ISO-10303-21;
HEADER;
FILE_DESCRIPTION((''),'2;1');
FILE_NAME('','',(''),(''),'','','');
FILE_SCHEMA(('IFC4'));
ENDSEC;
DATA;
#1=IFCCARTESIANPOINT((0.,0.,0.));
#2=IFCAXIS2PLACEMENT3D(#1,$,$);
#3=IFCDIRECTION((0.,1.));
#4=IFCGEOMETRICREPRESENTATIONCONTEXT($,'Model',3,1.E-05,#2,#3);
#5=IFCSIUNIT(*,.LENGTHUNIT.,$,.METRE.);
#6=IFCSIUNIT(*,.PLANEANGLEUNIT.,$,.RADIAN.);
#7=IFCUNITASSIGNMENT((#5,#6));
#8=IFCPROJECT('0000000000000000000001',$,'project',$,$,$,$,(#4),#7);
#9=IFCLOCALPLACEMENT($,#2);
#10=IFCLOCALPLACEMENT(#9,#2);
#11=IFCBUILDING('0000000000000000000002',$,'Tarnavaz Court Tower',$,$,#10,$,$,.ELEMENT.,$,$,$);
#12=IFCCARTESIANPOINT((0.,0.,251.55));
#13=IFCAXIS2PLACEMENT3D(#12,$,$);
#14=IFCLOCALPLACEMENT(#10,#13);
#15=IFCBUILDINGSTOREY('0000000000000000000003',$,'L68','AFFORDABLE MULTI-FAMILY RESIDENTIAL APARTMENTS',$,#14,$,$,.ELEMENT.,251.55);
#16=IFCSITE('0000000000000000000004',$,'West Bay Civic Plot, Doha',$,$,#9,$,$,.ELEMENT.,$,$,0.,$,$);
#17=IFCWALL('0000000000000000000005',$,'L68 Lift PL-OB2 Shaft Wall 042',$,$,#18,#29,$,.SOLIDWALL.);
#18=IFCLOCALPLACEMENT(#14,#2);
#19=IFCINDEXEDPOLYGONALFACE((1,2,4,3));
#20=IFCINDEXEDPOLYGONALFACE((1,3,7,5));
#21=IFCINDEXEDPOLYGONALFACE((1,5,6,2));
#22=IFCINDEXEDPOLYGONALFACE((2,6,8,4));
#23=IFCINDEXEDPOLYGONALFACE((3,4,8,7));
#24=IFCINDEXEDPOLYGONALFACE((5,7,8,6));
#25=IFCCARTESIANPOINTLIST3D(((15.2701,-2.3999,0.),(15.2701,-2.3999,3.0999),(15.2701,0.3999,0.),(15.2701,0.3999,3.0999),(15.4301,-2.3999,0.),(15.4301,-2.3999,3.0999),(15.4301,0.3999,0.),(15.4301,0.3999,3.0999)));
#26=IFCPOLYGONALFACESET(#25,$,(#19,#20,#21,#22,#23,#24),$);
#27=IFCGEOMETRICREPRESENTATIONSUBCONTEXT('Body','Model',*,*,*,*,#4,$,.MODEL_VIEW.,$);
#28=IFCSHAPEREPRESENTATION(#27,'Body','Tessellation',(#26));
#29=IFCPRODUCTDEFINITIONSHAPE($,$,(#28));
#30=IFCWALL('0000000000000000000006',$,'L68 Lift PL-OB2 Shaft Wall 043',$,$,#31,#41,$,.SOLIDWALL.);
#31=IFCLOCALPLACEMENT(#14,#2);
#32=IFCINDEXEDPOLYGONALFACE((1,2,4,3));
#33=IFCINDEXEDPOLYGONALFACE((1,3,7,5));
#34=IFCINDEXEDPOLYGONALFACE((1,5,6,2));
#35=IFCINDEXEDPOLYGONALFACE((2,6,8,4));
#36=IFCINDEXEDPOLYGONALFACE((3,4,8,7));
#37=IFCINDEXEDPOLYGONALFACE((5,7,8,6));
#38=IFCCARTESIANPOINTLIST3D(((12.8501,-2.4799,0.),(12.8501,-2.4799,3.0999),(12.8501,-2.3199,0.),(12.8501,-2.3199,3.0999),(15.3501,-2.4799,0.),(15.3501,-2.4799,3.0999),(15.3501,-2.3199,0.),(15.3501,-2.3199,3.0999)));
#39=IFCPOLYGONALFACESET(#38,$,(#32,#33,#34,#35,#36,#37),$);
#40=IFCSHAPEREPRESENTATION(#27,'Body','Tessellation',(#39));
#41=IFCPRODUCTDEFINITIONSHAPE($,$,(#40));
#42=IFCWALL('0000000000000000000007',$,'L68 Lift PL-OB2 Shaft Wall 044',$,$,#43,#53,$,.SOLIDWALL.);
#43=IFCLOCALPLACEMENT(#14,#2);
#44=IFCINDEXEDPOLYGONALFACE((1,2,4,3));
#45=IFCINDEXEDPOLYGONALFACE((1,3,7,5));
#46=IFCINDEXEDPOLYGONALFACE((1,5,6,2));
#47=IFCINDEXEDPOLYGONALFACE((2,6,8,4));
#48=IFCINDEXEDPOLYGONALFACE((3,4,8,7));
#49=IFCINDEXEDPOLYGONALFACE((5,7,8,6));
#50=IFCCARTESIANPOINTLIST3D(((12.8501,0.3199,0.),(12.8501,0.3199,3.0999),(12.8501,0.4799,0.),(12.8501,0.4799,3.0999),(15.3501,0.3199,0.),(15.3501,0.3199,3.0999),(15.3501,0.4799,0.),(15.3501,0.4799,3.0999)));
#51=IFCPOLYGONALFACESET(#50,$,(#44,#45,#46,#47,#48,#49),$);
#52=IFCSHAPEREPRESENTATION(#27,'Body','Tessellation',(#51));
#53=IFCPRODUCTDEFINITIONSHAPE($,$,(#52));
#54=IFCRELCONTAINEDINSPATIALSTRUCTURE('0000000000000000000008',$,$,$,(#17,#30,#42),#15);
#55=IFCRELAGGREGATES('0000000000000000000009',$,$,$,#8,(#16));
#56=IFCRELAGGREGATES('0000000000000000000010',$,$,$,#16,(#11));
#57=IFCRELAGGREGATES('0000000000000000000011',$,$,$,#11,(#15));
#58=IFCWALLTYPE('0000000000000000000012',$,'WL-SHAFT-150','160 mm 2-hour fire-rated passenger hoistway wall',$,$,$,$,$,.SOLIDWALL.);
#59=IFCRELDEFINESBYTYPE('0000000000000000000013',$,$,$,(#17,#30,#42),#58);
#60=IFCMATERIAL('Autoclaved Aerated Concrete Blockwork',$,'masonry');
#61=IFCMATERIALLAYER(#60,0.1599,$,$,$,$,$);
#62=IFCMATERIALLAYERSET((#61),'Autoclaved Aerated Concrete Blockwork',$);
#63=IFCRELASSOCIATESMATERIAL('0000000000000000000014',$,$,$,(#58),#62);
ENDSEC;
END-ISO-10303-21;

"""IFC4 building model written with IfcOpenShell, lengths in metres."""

from ifc_helpers import new_model, si_unit, direction, frame, frame_2d, origin, place, context, subcontext, project, spatial, rectangle, extrude, material, layer, layer_set, type_object, element, save


model = new_model("IFC4")

# Units and contexts
model_context = context("Model", 3, precision=1e-05, world=origin(), true_north=direction((0.0, 1.0)))
body_context = subcontext(model_context, "Body", "Model", "MODEL_VIEW")
ifc_project = project(units=[si_unit("LENGTHUNIT", "METRE"), si_unit("PLANEANGLEUNIT", "RADIAN")], contexts=[model_context])

# Site, building, storey
site_placement = place(None, origin())
site = spatial("IfcSite", under=ifc_project, at=site_placement, Name="West Bay Civic Plot, Doha", CompositionType="ELEMENT", RefElevation=0.0)
building_placement = place(site_placement, origin())
building = spatial("IfcBuilding", under=site, at=building_placement, Name="Tarnavaz Court Tower", CompositionType="ELEMENT")
storey_placement = place(building_placement, frame((0.0, 0.0, 251.55)))
storey = spatial("IfcBuildingStorey", under=building, at=storey_placement, Name="L68", Description="AFFORDABLE MULTI-FAMILY RESIDENTIAL APARTMENTS", CompositionType="ELEMENT", Elevation=251.55)

# Walls
ifc_material_1 = material(Name="Autoclaved Aerated Concrete Blockwork", Category="masonry")
ifc_layer_1 = layer(ifc_material_1, 0.1599)
ifc_layer_set_1 = layer_set([ifc_layer_1], Name="Autoclaved Aerated Concrete Blockwork")
wall_type_1 = type_object("IfcWallType", Name="WL-SHAFT-150", Description="160 mm 2-hour fire-rated passenger hoistway wall", PredefinedType="SOLIDWALL", material=ifc_layer_set_1)
wall_1_placement = place(storey_placement, frame((15.3501, -2.3999, 0.0), z_axis=(0.0, 0.0, 1.0), x_axis=(0.0, 1.0, 0.0)))
element("IfcWall", 1, at=wall_1_placement, inside=storey, type_object=wall_type_1, Name="L68 Lift PL-OB2 Shaft Wall 042", PredefinedType="SOLIDWALL", context=body_context, shape_type="SweptSolid", body=[
    extrude(rectangle(XDim=2.7998, YDim=0.1599, at=frame_2d((1.3999, 0.0))), origin(), (0.0, 0.0, 1.0), 3.0999),
])
for number, where, z_axis, x_axis, name in (
    (2, (12.8501, -2.3999, 0.0), (0.0, 0.0, 1.0), (1.0, 0.0, 0.0), "L68 Lift PL-OB2 Shaft Wall 043"),
    (3, (12.8501, 0.3999, 0.0), (0.0, 0.0, 1.0), (1.0, 0.0, 0.0), "L68 Lift PL-OB2 Shaft Wall 044"),
):
    element("IfcWall", number, at=place(storey_placement, frame(where, z_axis=z_axis, x_axis=x_axis)), inside=storey, type_object=wall_type_1, Name=name, PredefinedType="SOLIDWALL", context=body_context, shape_type="SweptSolid", body=[
        extrude(rectangle(XDim=2.5, YDim=0.1599, at=frame_2d((1.25, 0.0))), origin(), (0.0, 0.0, 1.0), 3.0999),
    ])

save(model, "model.ifc")
